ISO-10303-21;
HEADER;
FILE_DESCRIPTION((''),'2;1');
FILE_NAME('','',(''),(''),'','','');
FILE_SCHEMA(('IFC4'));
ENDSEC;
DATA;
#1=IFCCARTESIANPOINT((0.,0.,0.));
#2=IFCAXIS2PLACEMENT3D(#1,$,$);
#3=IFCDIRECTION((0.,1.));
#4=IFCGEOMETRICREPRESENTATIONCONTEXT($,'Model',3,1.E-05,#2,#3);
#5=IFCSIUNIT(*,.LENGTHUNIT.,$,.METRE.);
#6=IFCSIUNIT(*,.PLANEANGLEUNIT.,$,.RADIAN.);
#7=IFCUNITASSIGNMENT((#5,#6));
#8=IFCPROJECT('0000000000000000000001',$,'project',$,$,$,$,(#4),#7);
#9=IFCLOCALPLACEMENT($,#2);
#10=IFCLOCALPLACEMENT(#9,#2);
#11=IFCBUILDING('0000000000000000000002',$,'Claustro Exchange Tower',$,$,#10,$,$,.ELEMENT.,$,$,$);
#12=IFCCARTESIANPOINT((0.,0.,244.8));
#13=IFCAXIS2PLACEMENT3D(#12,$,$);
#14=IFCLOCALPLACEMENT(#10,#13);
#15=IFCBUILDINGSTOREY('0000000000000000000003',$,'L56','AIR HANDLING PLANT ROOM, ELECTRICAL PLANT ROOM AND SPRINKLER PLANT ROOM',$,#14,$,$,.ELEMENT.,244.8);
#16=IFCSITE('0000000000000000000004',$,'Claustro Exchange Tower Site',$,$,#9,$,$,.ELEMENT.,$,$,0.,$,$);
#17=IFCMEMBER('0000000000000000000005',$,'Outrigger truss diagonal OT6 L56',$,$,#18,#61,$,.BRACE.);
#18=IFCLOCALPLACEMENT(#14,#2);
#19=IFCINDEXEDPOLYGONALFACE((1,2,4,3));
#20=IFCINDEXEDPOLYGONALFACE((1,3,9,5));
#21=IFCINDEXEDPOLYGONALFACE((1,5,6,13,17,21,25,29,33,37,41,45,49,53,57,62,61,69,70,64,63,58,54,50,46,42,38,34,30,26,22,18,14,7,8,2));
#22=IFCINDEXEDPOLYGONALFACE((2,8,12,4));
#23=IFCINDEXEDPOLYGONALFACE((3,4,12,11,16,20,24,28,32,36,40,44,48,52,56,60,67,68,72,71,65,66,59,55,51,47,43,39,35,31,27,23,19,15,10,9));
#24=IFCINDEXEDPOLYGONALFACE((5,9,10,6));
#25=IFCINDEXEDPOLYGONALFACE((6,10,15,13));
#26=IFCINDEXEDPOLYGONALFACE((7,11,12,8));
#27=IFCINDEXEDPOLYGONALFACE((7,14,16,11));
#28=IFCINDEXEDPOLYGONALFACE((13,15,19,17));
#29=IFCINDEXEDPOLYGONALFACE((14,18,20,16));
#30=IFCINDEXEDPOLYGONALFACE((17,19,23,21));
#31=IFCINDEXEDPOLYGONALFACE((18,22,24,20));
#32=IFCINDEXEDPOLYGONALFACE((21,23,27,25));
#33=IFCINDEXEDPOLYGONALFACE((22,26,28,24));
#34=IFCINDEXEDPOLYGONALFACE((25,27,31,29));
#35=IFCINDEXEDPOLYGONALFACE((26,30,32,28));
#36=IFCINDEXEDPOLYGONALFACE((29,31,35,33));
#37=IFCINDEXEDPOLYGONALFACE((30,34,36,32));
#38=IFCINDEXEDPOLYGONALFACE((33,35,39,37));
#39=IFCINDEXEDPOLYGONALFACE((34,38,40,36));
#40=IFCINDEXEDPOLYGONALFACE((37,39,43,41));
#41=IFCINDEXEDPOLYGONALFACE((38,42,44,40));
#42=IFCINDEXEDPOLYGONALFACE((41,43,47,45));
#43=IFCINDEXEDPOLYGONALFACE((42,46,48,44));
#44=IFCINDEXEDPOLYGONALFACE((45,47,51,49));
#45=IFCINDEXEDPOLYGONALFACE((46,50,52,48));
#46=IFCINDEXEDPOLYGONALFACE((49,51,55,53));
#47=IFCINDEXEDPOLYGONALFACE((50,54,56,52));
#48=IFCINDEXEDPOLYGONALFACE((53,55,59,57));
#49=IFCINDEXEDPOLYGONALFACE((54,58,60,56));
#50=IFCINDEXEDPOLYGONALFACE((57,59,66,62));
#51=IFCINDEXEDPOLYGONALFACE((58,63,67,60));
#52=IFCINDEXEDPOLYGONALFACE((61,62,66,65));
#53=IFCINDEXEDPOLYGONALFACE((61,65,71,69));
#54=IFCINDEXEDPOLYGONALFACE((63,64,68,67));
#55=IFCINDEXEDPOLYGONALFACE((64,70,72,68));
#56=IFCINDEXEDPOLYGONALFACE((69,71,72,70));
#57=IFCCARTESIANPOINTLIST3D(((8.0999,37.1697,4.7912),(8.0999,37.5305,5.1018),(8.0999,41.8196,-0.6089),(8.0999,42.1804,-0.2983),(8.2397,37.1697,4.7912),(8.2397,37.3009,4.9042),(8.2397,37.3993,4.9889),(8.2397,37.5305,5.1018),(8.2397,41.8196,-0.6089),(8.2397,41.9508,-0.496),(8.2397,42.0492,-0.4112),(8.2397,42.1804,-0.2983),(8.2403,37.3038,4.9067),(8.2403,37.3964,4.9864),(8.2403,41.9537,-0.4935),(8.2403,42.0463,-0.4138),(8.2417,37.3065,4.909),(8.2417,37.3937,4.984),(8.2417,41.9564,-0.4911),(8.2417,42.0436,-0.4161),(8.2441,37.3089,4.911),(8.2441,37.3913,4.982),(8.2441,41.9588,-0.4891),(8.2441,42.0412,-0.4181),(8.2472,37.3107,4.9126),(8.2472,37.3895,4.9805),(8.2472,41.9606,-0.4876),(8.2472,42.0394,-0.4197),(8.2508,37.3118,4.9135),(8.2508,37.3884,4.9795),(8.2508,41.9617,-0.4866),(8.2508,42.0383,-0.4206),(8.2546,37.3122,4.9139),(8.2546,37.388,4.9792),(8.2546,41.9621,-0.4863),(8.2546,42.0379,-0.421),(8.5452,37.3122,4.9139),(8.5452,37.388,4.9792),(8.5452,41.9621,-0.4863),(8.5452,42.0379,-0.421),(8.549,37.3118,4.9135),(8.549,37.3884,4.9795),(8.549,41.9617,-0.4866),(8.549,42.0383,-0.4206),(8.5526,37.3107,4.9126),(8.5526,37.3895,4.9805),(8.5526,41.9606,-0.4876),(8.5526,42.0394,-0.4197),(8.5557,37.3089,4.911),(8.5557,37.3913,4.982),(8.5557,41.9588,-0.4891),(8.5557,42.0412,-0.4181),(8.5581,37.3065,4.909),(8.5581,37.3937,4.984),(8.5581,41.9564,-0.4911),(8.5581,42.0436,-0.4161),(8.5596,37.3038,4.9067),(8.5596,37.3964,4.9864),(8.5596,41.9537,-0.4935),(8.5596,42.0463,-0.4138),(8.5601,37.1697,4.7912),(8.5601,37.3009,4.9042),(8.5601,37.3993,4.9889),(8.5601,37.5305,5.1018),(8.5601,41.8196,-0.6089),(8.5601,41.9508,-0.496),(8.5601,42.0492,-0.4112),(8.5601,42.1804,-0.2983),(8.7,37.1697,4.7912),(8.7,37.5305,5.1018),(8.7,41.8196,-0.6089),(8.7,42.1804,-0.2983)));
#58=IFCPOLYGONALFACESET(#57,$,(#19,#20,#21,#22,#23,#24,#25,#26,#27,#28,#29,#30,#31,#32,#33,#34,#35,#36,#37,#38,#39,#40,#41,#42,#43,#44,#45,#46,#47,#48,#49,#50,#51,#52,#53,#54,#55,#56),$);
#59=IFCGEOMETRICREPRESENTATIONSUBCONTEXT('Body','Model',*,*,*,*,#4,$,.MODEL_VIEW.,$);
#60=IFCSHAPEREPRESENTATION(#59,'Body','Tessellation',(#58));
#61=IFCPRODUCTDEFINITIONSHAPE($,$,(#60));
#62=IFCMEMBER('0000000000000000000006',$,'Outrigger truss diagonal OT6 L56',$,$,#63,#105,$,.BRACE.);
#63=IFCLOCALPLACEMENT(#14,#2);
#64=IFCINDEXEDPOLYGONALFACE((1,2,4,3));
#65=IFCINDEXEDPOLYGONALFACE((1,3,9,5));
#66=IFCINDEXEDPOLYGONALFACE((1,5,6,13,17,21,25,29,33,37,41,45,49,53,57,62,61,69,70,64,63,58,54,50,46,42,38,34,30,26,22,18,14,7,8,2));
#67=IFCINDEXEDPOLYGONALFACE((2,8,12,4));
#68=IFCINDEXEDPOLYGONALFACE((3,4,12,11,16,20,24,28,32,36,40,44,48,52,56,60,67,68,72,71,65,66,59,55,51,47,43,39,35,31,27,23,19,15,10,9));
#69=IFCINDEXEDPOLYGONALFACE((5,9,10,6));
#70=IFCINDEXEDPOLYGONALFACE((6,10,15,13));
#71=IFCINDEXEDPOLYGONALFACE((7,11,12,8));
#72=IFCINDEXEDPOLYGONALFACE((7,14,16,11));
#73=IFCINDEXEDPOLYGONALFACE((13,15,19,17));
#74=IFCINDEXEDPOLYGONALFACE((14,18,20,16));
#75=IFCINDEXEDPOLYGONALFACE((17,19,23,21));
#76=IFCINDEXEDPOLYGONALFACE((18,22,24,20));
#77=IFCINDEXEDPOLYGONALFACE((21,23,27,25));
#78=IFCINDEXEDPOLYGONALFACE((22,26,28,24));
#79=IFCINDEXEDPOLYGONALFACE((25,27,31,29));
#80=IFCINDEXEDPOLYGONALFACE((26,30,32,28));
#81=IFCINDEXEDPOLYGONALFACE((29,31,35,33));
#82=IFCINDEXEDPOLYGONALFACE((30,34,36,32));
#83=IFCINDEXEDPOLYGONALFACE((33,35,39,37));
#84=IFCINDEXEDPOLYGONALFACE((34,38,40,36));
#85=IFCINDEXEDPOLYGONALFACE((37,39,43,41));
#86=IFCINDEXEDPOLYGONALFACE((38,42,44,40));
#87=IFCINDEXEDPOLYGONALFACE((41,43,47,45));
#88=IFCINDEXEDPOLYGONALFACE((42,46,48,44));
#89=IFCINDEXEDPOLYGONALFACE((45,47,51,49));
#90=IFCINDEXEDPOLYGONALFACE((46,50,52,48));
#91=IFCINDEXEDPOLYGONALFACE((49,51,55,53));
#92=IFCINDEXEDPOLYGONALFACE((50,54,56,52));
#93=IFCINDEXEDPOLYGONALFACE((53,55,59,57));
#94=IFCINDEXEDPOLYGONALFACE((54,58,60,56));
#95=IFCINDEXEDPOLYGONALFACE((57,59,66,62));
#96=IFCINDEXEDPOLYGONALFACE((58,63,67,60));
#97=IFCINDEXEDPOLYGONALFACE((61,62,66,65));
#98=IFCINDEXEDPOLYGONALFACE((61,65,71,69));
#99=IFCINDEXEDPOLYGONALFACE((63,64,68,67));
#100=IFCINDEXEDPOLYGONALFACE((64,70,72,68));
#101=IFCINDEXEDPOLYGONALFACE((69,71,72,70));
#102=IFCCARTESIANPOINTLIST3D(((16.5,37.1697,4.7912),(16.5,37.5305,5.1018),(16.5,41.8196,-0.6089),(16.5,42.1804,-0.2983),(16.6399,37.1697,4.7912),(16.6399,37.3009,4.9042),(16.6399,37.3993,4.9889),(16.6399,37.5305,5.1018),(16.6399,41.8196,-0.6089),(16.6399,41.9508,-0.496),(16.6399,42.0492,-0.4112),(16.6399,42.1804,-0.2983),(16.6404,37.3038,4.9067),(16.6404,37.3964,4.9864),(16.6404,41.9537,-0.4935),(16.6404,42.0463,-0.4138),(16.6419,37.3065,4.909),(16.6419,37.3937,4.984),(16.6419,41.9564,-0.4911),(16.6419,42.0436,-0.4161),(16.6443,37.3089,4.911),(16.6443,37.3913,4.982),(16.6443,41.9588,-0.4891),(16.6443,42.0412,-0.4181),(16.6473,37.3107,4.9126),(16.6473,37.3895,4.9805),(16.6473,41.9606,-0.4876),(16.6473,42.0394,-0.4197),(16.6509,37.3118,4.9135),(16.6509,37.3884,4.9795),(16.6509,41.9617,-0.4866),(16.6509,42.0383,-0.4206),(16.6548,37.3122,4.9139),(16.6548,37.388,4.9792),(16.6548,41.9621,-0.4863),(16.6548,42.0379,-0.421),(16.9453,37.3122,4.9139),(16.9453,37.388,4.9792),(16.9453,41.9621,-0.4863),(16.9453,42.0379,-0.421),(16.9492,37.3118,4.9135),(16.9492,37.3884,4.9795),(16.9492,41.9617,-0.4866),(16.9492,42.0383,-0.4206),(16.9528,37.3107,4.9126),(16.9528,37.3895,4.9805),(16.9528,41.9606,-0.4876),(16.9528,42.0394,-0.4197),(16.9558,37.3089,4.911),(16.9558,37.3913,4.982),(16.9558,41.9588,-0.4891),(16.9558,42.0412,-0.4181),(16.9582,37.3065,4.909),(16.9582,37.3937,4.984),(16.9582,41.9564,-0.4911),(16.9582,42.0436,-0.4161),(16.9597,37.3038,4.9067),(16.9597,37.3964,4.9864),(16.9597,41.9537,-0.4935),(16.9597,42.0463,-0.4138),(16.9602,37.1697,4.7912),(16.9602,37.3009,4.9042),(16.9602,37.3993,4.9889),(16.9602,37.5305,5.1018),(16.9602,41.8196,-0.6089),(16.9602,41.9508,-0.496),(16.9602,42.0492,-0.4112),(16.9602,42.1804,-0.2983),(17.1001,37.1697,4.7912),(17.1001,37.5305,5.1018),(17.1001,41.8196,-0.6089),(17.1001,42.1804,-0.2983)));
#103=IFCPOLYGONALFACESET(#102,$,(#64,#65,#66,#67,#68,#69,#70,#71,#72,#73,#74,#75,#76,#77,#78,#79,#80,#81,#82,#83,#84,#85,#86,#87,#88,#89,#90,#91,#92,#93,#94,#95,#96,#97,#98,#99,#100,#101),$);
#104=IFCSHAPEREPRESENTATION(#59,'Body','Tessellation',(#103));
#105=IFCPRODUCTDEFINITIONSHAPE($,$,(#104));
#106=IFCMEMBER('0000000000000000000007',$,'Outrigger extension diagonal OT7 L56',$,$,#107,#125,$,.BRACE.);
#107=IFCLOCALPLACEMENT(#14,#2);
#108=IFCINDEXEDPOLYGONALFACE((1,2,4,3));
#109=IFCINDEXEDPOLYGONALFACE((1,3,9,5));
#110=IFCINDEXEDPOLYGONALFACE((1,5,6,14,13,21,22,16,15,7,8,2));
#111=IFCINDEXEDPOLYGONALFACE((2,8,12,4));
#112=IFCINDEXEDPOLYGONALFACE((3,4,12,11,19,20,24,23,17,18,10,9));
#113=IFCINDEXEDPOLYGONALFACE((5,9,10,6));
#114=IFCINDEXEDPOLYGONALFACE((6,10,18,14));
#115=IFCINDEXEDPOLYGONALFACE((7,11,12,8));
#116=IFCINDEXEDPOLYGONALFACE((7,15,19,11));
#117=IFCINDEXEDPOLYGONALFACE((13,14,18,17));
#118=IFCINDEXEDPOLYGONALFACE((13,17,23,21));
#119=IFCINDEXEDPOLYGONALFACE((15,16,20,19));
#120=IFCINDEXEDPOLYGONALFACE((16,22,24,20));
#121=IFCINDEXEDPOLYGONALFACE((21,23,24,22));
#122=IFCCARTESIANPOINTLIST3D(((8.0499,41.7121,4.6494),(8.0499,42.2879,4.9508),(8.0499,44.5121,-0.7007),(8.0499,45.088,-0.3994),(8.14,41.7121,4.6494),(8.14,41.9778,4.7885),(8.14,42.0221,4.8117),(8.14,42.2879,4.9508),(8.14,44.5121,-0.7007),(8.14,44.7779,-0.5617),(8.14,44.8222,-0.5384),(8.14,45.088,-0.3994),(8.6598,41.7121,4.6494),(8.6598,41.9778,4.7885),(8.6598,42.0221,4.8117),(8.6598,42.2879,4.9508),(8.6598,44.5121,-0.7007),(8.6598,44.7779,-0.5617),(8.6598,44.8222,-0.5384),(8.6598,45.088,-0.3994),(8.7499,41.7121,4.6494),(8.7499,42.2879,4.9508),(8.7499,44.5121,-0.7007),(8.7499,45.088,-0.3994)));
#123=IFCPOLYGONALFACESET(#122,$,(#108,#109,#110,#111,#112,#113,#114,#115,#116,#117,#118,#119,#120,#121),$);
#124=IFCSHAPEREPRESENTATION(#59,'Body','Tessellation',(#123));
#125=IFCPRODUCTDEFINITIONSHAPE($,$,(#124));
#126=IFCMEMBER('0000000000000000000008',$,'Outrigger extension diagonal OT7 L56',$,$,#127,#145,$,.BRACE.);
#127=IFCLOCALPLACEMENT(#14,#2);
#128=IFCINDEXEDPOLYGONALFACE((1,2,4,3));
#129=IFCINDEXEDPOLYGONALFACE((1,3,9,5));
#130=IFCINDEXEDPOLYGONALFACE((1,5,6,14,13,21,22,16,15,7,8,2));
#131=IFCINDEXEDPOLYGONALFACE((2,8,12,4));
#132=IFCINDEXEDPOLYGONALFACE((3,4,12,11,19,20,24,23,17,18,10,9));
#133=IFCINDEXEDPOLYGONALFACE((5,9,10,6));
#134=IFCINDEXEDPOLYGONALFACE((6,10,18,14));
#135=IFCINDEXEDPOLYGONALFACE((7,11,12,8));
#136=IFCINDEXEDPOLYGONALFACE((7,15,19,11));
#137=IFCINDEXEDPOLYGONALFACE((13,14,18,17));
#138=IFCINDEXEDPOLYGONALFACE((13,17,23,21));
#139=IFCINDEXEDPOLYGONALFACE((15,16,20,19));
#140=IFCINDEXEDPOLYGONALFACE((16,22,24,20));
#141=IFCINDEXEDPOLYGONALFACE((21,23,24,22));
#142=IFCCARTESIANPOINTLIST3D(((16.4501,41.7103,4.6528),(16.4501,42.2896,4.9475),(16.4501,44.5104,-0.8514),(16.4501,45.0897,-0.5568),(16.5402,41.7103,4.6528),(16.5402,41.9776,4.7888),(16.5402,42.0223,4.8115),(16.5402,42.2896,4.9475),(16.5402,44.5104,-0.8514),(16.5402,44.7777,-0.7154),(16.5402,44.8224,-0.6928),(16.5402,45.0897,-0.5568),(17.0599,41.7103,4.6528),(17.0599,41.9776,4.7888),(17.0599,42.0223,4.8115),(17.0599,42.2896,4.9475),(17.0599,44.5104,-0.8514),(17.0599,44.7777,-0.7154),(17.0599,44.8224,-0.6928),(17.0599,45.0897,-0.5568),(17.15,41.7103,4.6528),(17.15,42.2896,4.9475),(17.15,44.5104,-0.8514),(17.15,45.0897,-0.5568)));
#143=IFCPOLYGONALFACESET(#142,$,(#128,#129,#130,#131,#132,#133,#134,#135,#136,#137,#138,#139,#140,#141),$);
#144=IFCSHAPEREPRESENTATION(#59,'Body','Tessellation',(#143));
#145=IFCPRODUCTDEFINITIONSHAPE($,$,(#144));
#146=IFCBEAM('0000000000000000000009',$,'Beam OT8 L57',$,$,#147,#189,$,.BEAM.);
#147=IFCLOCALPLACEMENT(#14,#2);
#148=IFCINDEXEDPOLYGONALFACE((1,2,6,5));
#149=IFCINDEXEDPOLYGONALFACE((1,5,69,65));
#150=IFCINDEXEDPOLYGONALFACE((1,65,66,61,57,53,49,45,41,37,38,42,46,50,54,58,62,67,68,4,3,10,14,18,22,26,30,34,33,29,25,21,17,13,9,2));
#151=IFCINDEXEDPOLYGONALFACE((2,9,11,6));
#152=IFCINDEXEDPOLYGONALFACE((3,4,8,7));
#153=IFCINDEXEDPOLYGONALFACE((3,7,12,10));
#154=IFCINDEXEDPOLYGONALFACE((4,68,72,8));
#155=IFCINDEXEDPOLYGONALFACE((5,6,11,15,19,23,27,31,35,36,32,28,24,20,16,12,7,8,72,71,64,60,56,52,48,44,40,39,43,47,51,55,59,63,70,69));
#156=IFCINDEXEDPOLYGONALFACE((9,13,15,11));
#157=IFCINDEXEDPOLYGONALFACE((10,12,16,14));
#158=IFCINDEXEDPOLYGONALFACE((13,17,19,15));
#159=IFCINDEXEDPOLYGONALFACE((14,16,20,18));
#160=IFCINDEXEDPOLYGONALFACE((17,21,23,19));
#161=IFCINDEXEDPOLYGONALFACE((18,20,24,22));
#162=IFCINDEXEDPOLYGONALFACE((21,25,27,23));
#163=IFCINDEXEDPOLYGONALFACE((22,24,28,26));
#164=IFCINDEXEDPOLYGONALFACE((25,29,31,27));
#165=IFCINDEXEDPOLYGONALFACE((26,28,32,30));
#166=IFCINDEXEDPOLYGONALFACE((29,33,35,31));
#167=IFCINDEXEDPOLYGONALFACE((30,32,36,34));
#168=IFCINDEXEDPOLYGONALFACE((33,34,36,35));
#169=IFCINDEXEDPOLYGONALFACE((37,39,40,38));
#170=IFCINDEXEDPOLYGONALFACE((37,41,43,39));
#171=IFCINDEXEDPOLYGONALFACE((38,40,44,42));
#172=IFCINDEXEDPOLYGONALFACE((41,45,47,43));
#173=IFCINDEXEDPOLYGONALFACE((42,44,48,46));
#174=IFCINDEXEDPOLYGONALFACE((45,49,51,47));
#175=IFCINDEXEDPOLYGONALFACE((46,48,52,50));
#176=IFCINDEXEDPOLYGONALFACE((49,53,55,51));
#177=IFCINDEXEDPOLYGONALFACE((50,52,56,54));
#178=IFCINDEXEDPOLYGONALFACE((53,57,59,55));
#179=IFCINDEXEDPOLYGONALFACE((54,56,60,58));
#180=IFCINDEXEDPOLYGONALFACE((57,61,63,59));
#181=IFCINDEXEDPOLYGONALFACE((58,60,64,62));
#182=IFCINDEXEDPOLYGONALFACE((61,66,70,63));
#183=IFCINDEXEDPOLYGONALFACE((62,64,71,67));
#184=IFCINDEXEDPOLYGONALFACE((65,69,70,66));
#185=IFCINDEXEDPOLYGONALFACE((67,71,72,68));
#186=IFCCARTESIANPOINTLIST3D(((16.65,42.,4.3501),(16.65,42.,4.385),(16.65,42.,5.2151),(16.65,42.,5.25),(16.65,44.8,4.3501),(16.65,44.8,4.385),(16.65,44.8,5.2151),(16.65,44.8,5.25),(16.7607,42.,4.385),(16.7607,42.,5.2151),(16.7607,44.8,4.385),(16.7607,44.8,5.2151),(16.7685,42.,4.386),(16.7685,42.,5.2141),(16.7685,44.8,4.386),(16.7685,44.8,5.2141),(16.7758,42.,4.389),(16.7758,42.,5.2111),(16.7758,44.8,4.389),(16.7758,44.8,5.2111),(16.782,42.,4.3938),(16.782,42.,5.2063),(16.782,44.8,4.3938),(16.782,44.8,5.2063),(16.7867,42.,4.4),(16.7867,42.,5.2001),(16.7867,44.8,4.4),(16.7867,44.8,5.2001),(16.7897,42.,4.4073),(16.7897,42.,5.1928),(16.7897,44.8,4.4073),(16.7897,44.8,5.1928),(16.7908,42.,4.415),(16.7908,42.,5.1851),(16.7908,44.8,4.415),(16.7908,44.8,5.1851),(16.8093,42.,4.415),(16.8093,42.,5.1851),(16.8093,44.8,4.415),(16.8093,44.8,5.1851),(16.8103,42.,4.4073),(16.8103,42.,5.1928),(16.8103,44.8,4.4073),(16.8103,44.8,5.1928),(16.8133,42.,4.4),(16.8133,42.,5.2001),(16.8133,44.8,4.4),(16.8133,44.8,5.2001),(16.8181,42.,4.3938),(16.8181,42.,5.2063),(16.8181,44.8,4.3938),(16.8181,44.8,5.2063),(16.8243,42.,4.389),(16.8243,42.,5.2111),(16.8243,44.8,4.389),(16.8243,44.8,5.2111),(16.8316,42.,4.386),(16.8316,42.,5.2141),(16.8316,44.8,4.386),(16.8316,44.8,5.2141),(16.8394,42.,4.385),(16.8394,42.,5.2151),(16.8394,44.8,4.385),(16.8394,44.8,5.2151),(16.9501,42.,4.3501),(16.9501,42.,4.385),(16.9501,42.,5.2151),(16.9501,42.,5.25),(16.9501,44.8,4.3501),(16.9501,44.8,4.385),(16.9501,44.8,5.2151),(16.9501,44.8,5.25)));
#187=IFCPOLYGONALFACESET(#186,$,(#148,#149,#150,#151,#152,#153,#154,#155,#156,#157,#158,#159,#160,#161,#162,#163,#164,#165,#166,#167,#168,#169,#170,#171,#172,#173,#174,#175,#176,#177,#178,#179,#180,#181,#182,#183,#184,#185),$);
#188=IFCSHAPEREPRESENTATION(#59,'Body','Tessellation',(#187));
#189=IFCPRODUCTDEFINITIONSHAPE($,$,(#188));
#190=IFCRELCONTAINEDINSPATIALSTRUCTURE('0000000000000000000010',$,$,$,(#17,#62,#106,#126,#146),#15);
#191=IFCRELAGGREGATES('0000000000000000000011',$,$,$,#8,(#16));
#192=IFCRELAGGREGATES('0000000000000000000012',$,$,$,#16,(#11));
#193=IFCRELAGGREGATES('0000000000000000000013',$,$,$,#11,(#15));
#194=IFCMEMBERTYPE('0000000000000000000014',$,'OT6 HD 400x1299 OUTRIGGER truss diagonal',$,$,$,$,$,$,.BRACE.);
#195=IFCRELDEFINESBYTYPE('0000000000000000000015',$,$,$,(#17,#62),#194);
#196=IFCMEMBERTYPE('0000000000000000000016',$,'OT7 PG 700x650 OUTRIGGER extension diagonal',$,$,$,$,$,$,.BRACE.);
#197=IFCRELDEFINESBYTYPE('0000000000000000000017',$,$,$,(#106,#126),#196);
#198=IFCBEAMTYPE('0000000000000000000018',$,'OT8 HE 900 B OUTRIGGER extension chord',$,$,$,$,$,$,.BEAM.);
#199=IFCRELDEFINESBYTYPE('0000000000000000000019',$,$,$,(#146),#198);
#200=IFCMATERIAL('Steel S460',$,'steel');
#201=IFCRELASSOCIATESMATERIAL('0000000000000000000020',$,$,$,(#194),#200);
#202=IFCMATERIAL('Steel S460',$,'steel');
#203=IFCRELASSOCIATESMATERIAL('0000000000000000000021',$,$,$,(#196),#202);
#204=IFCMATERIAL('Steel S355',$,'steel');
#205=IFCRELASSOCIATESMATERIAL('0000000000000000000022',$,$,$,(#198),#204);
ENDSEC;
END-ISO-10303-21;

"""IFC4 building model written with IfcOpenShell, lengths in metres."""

from ifc_helpers import new_model, si_unit, direction, frame, origin, origin_2d, place, context, subcontext, project, spatial, i_section, extrude, material, material_profile, profile_set, type_object, element, save


model = new_model("IFC4")

# Units and contexts
model_context = context("Model", 3, precision=1e-05, world=origin(), true_north=direction((0.0, 1.0)))
body_context = subcontext(model_context, "Body", "Model", "MODEL_VIEW")
ifc_project = project(units=[si_unit("LENGTHUNIT", "METRE"), si_unit("PLANEANGLEUNIT", "RADIAN")], contexts=[model_context])

# Site, building, storey
site_placement = place(None, origin())
site = spatial("IfcSite", under=ifc_project, at=site_placement, Name="Claustro Exchange Tower Site", CompositionType="ELEMENT", RefElevation=0.0)
building_placement = place(site_placement, origin())
building = spatial("IfcBuilding", under=site, at=building_placement, Name="Claustro Exchange Tower", CompositionType="ELEMENT")
storey_placement = place(building_placement, frame((0.0, 0.0, 244.8)))
storey = spatial("IfcBuildingStorey", under=building, at=storey_placement, Name="L56", Description="AIR HANDLING PLANT ROOM, ELECTRICAL PLANT ROOM AND SPRINKLER PLANT ROOM", CompositionType="ELEMENT", Elevation=244.8)

# Members
ifc_material_1 = material(Name="Steel S460", Category="steel")
ifc_material_profile_1 = material_profile(ifc_material_1, i_section(OverallWidth=0.4761, OverallDepth=0.6001, WebThickness=0.1001, FlangeThickness=0.1399, FilletRadius=0.0149, at=origin_2d()), Name="HD 400x1299")
ifc_profile_set_1 = profile_set([ifc_material_profile_1], Name="Steel S460")
member_type_1 = type_object("IfcMemberType", Name="OT6 HD 400x1299 OUTRIGGER truss diagonal", PredefinedType="BRACE", material=ifc_profile_set_1)
for number, where, z_axis, x_axis, name in (
    (1, (8.3999, 42.0, -0.4536), (0.0, -0.652505, 0.757784), (0.0, 0.757784, 0.652505), "Outrigger truss diagonal OT6 L56"),
    (2, (16.8, 42.0, -0.4536), (0.0, -0.652505, 0.757784), (0.0, 0.757784, 0.652505), "Outrigger truss diagonal OT6 L56"),
):
    element("IfcMember", number, at=place(storey_placement, frame(where, z_axis=z_axis, x_axis=x_axis)), inside=storey, type_object=member_type_1, Name=name, PredefinedType="BRACE", context=body_context, shape_type="SweptSolid", body=[
        extrude(i_section(OverallWidth=0.4761, OverallDepth=0.6001, WebThickness=0.1001, FlangeThickness=0.1399, FilletRadius=0.0149, at=origin_2d()), origin(), (0.0, 0.0, 1.0), 7.1262),
    ])
ifc_material_2 = material(Name="Steel S460", Category="steel")
ifc_material_profile_2 = material_profile(ifc_material_2, i_section(OverallWidth=0.6499, OverallDepth=0.7, WebThickness=0.05, FlangeThickness=0.0901, at=origin_2d()), Name="PG 700x650")
ifc_profile_set_2 = profile_set([ifc_material_profile_2], Name="Steel S460")
member_type_2 = type_object("IfcMemberType", Name="OT7 PG 700x650 OUTRIGGER extension diagonal", PredefinedType="BRACE", material=ifc_profile_set_2)
member_1_placement = place(storey_placement, frame((8.3999, 44.8, -0.55), z_axis=(0.0, -0.463697, 0.885994), x_axis=(0.0, 0.885994, 0.463697)))
element("IfcMember", 3, at=member_1_placement, inside=storey, type_object=member_type_2, Name="Outrigger extension diagonal OT7 L56", PredefinedType="BRACE", context=body_context, shape_type="SweptSolid", body=[
    extrude(i_section(OverallWidth=0.6499, OverallDepth=0.7, WebThickness=0.05, FlangeThickness=0.0901, at=origin_2d()), origin(), (0.0, 0.0, 1.0), 6.0386),
])
member_2_placement = place(storey_placement, frame((16.8, 44.8, -0.7041), z_axis=(0.0, -0.453418, 0.891298), x_axis=(0.0, 0.891298, 0.453418)))
element("IfcMember", 4, at=member_2_placement, inside=storey, type_object=member_type_2, Name="Outrigger extension diagonal OT7 L56", PredefinedType="BRACE", context=body_context, shape_type="SweptSolid", body=[
    extrude(i_section(OverallWidth=0.6499, OverallDepth=0.7, WebThickness=0.05, FlangeThickness=0.0901, at=origin_2d()), origin(), (0.0, 0.0, 1.0), 6.1755),
])

# Beam
ifc_material_3 = material(Name="Steel S355", Category="steel")
ifc_material_profile_3 = material_profile(ifc_material_3, i_section(OverallWidth=0.3, OverallDepth=0.8999, WebThickness=0.0186, FlangeThickness=0.0349, FilletRadius=0.03, at=origin_2d()), Name="HE 900 B")
ifc_profile_set_3 = profile_set([ifc_material_profile_3], Name="Steel S355")
beam_type_1 = type_object("IfcBeamType", Name="OT8 HE 900 B OUTRIGGER extension chord", PredefinedType="BEAM", material=ifc_profile_set_3)
beam_1_placement = place(storey_placement, frame((16.8, 42.0, 4.8), z_axis=(0.0, 1.0, 0.0), x_axis=(-1.0, 0.0, 0.0)))
element("IfcBeam", 5, at=beam_1_placement, inside=storey, type_object=beam_type_1, Name="Beam OT8 L57", PredefinedType="BEAM", context=body_context, shape_type="SweptSolid", body=[
    extrude(i_section(OverallWidth=0.3, OverallDepth=0.8999, WebThickness=0.0186, FlangeThickness=0.0349, FilletRadius=0.03, at=origin_2d()), origin(), (0.0, 0.0, 1.0), 2.8),
])

save(model, "model.ifc")
